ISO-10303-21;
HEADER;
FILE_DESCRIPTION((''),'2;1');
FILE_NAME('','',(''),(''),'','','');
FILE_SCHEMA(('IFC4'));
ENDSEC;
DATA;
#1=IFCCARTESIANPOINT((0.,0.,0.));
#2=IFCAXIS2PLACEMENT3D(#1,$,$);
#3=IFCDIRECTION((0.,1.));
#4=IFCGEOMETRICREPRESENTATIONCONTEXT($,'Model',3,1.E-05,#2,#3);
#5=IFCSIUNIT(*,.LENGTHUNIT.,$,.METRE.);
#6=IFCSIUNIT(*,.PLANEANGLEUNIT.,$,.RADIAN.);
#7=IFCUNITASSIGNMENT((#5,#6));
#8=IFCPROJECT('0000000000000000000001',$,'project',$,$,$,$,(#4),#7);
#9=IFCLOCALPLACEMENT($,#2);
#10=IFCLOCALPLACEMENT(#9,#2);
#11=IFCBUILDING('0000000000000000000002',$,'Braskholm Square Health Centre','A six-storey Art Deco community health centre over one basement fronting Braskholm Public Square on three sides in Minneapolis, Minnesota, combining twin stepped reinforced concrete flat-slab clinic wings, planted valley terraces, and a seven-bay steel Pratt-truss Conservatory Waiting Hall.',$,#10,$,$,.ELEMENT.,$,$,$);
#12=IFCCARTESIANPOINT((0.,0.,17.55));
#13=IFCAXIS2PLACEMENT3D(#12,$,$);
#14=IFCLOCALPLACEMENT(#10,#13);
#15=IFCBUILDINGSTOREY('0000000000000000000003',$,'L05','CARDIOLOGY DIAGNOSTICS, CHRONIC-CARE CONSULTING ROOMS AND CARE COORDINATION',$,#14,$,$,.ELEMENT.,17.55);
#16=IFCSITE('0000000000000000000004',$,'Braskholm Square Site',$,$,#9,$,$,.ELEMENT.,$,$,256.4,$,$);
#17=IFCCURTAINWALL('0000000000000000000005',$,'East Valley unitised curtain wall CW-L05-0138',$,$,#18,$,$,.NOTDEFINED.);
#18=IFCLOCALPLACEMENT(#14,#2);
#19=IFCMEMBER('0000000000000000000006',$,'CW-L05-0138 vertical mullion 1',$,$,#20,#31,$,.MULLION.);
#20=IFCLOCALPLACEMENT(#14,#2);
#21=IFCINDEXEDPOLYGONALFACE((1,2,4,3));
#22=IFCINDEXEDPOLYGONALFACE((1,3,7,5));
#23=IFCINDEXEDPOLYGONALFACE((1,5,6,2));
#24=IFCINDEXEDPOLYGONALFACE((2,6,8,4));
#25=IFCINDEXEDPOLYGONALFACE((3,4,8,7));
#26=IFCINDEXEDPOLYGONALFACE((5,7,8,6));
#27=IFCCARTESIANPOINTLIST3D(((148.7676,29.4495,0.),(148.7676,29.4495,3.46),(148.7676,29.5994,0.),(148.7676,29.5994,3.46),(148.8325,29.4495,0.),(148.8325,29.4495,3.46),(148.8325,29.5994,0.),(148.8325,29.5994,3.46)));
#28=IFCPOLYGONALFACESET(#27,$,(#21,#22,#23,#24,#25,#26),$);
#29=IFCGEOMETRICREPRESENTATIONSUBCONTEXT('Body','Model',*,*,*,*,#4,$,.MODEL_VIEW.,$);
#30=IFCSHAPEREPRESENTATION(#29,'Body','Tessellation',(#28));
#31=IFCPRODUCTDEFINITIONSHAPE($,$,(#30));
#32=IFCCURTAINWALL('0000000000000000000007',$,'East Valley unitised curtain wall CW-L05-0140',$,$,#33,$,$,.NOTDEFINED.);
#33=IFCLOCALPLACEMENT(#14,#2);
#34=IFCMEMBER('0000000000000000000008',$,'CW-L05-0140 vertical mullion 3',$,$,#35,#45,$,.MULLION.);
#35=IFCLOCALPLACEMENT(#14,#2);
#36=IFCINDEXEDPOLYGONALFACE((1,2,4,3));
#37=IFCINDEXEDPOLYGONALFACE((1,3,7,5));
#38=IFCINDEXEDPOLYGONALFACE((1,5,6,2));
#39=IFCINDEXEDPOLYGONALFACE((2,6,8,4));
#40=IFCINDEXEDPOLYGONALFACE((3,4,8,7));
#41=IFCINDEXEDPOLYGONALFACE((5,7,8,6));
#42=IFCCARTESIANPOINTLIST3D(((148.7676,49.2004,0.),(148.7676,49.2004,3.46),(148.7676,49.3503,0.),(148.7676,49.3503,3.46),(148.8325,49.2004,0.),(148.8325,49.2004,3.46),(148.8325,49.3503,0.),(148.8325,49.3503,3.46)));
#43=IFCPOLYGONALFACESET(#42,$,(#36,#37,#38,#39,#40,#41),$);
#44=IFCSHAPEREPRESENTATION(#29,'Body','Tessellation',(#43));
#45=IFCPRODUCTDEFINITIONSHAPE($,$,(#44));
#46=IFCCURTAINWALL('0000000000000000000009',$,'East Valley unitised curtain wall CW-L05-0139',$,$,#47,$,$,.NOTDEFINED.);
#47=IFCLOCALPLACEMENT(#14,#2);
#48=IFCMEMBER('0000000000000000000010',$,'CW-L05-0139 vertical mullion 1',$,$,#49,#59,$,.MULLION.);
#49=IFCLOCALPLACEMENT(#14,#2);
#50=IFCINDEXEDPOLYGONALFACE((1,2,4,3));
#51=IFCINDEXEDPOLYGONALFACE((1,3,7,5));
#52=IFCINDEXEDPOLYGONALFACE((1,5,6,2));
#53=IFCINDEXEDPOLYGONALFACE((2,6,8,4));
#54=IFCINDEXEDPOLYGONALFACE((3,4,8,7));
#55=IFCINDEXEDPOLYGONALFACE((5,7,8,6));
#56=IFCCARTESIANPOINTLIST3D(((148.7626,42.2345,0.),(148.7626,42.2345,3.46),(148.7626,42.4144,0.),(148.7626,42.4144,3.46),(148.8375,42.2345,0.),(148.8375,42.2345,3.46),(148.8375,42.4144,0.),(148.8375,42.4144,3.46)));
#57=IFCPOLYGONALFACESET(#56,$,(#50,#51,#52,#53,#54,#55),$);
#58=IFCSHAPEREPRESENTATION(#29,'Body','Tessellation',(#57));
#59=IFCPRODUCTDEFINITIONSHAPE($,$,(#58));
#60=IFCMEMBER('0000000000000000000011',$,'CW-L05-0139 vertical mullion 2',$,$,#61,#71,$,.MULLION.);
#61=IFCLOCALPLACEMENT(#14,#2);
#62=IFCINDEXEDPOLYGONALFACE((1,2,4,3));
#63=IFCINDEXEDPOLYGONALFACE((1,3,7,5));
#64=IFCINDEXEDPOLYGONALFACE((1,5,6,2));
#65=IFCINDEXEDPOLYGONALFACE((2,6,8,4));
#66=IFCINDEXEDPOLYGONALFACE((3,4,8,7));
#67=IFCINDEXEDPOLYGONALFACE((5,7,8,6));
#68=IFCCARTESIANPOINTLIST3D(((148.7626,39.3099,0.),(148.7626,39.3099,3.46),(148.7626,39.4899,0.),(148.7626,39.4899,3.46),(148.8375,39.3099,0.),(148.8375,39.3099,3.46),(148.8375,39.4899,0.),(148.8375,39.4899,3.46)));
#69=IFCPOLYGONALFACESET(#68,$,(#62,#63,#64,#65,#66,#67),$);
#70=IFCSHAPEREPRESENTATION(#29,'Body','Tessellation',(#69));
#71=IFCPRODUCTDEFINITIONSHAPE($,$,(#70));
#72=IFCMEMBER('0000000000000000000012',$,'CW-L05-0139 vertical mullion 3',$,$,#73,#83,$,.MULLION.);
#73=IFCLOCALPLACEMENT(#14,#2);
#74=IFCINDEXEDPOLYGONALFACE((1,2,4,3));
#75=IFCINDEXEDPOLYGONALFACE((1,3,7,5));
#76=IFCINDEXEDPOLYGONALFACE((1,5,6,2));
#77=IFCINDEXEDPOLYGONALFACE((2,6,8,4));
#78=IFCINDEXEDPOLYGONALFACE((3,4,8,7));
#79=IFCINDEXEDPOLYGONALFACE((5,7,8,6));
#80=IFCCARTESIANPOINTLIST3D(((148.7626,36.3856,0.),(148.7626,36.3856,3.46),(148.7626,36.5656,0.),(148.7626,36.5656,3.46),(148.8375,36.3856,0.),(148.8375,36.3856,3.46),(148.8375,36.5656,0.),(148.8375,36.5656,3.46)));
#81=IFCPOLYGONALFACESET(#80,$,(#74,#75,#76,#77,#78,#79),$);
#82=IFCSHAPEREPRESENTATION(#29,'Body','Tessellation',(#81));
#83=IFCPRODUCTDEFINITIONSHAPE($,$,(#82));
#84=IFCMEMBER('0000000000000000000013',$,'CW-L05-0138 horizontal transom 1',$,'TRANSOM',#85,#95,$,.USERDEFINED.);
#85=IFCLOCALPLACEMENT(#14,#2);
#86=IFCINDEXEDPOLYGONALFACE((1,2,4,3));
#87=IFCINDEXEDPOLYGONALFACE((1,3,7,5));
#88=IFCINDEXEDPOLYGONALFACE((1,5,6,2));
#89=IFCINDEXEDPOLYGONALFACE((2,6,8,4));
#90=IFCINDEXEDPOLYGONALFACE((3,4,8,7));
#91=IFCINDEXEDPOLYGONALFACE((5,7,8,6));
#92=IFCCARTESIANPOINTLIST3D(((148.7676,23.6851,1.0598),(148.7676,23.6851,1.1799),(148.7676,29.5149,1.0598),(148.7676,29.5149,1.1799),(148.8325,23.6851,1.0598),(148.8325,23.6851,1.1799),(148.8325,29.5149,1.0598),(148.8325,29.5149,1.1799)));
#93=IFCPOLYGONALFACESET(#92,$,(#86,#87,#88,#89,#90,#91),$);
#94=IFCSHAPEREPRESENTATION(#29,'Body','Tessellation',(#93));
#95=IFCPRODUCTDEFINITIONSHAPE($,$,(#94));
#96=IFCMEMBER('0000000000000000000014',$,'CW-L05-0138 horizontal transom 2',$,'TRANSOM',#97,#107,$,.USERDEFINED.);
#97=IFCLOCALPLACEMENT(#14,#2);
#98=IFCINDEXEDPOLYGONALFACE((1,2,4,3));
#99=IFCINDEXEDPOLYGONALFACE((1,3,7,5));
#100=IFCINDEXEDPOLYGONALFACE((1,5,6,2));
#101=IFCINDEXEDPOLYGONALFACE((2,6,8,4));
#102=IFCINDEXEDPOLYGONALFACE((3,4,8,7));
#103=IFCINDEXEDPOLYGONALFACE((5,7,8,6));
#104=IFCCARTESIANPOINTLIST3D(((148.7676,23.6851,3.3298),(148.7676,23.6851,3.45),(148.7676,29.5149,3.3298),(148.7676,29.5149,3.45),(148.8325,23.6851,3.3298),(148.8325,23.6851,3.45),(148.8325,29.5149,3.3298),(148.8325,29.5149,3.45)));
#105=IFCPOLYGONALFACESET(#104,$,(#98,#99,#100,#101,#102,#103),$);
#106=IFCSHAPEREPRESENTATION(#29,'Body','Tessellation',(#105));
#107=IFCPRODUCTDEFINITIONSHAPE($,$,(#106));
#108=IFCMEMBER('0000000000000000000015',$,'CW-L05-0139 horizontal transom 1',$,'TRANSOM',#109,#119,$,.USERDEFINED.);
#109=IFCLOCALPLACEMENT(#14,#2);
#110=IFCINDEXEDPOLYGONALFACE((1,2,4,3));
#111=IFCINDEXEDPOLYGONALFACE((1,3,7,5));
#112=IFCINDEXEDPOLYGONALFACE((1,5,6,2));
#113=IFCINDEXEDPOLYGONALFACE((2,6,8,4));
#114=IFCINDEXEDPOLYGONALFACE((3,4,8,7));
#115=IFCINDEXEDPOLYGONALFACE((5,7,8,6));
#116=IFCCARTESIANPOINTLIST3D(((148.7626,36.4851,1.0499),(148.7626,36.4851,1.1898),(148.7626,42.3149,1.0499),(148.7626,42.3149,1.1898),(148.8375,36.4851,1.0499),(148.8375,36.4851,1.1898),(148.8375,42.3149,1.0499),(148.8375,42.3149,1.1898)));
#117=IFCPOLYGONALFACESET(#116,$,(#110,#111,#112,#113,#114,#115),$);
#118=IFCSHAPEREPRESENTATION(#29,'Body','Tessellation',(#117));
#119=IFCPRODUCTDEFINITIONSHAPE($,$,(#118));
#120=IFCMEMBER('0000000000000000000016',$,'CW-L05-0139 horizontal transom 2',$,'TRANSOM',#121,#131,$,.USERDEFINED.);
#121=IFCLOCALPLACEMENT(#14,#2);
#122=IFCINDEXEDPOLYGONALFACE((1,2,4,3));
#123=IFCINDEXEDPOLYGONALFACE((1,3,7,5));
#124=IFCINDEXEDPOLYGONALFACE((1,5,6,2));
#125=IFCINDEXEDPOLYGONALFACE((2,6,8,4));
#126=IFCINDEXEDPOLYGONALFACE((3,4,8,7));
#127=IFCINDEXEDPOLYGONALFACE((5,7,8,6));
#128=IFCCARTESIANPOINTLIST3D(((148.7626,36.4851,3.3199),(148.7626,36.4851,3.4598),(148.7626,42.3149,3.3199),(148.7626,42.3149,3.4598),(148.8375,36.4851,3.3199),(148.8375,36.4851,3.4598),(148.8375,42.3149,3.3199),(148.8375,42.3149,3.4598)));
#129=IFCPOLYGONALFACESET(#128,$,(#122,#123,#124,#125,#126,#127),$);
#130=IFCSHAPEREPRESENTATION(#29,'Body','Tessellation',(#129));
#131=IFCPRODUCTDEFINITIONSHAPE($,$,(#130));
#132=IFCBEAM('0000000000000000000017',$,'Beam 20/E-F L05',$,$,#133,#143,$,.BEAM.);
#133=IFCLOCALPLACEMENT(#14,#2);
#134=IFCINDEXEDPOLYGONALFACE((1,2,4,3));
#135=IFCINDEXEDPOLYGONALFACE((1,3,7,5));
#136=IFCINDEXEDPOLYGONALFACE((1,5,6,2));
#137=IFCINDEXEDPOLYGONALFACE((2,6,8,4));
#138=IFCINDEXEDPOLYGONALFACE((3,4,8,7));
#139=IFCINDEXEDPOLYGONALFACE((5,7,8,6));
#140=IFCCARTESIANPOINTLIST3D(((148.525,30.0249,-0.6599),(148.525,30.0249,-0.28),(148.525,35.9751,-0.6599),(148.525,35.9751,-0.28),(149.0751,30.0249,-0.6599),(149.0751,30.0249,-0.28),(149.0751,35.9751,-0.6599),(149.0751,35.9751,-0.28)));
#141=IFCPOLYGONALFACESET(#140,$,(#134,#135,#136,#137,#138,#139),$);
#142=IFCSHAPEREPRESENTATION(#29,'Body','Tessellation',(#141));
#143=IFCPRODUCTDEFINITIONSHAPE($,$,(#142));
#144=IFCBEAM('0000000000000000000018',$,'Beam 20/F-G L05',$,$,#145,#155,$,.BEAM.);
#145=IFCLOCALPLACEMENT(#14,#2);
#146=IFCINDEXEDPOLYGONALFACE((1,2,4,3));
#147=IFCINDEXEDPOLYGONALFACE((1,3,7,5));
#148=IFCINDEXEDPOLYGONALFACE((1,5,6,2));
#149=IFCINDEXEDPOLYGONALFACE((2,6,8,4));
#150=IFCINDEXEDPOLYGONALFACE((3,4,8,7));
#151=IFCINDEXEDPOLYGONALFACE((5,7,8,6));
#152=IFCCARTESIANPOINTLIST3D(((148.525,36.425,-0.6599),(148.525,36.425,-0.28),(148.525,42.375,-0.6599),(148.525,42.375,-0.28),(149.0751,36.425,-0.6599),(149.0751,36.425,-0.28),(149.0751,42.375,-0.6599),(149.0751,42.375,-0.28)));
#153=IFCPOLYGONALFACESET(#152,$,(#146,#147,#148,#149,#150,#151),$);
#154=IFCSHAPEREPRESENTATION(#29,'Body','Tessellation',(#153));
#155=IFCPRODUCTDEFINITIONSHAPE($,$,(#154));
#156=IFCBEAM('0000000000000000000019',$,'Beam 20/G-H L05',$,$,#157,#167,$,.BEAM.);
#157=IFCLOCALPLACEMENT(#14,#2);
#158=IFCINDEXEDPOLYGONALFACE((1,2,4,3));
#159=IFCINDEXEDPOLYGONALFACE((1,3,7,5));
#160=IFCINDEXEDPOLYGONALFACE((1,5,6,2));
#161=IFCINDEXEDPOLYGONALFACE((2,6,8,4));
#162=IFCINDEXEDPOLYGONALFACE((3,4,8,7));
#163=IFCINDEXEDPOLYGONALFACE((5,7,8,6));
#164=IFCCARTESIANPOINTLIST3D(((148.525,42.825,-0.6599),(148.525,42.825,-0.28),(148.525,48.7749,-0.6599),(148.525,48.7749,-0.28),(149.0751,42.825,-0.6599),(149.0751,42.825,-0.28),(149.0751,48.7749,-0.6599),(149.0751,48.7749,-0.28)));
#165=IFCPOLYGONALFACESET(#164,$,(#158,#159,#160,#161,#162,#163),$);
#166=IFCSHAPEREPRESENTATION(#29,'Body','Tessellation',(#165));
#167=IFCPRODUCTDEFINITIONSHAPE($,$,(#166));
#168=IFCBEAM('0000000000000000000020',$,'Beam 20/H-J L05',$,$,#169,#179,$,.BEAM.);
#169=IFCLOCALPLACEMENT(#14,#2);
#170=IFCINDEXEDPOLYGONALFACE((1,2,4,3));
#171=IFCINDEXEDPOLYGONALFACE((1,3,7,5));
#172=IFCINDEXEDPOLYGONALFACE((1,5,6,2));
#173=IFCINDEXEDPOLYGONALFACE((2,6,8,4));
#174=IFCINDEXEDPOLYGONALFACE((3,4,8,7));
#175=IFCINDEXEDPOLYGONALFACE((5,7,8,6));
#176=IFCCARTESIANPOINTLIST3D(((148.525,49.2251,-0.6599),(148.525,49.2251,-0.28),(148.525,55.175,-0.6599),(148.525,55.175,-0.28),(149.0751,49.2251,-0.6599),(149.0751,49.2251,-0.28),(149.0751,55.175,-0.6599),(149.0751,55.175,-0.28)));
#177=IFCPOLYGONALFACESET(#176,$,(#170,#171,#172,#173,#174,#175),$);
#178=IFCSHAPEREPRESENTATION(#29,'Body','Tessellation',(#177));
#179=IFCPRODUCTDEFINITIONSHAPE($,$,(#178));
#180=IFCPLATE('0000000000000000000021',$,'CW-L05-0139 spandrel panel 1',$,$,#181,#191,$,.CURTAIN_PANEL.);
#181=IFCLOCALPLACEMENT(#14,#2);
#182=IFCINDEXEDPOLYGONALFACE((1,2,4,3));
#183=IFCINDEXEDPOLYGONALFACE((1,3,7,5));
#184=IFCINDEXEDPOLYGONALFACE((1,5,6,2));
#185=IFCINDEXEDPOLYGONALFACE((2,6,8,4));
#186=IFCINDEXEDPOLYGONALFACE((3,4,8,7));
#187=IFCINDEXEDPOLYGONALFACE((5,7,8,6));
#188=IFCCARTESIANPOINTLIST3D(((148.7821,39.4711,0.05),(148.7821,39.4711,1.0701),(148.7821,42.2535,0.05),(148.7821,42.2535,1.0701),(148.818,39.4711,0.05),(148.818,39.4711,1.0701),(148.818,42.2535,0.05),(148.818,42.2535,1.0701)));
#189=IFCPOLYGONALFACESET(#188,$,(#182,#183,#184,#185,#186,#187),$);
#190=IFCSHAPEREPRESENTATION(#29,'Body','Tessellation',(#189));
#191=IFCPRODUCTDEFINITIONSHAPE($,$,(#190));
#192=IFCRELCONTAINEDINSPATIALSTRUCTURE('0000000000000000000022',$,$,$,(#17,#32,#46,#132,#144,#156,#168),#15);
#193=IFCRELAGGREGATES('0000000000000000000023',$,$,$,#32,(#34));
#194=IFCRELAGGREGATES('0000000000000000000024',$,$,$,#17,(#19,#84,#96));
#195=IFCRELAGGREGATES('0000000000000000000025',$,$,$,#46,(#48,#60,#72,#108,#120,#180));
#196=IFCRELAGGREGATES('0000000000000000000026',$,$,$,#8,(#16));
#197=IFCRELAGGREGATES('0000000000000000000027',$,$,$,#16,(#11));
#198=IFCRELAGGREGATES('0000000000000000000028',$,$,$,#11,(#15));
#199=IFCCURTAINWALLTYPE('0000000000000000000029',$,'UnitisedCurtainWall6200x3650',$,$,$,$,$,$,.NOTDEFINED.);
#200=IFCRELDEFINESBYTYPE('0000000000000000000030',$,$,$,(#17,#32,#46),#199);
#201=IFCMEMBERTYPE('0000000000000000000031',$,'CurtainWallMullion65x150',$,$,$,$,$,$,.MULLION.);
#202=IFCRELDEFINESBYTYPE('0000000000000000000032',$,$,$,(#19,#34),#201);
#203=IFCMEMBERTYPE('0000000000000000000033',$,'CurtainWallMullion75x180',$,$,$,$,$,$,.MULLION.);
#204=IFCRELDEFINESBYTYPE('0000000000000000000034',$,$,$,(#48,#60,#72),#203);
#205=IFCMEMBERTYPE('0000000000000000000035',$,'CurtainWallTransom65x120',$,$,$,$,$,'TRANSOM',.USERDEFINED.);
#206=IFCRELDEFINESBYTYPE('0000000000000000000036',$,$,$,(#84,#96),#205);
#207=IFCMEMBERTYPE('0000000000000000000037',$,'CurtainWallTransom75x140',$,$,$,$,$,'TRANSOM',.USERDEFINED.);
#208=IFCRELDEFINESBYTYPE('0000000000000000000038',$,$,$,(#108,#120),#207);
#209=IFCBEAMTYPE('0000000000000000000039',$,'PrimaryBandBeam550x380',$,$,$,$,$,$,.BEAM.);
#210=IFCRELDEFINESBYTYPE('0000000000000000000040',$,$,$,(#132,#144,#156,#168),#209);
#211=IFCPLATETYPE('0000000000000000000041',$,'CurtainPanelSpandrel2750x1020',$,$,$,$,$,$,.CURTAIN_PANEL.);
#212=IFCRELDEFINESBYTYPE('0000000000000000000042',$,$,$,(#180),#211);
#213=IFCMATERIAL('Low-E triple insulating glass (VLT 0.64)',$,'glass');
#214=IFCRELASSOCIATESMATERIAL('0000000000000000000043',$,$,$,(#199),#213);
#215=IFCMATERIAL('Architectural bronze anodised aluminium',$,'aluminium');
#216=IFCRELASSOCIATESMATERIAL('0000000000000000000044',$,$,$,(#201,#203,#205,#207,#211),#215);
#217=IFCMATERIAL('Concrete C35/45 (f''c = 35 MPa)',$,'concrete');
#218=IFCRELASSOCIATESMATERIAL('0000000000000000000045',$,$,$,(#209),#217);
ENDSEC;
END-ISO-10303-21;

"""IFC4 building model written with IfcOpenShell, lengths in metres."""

from ifc_helpers import new_model, si_unit, direction, frame, origin, origin_2d, place, context, subcontext, project, spatial, rectangle, extrude, material, material_profile, profile_set, type_object, element, aggregate, save


model = new_model("IFC4")

# Units and contexts
model_context = context("Model", 3, precision=1e-05, world=origin(), true_north=direction((0.0, 1.0)))
body_context = subcontext(model_context, "Body", "Model", "MODEL_VIEW")
ifc_project = project(units=[si_unit("LENGTHUNIT", "METRE"), si_unit("PLANEANGLEUNIT", "RADIAN")], contexts=[model_context])

# Site, building, storey
site_placement = place(None, origin())
site = spatial("IfcSite", under=ifc_project, at=site_placement, Name="Braskholm Square Site", CompositionType="ELEMENT", RefElevation=256.4)
building_placement = place(site_placement, origin())
building = spatial("IfcBuilding", under=site, at=building_placement, Name="Braskholm Square Health Centre", Description="A six-storey Art Deco community health centre over one basement fronting Braskholm Public Square on three sides in Minneapolis, Minnesota, combining twin stepped reinforced concrete flat-slab clinic wings, planted valley terraces, and a seven-bay steel Pratt-truss Conservatory Waiting Hall.", CompositionType="ELEMENT")
storey_placement = place(building_placement, frame((0.0, 0.0, 17.55)))
storey = spatial("IfcBuildingStorey", under=building, at=storey_placement, Name="L05", Description="CARDIOLOGY DIAGNOSTICS, CHRONIC-CARE CONSULTING ROOMS AND CARE COORDINATION", CompositionType="ELEMENT", Elevation=17.55)

# Curtain walls, members
ifc_material_1 = material(Name="Low-E triple insulating glass (VLT 0.64)", Category="glass")
curtain_wall_type = type_object("IfcCurtainWallType", Name="UnitisedCurtainWall6200x3650", PredefinedType="NOTDEFINED", material=ifc_material_1)
curtain_wall_1_placement = place(storey_placement, origin())
curtain_wall_1 = element("IfcCurtainWall", 1, at=curtain_wall_1_placement, inside=storey, type_object=curtain_wall_type, Name="East Valley unitised curtain wall CW-L05-0138", PredefinedType="NOTDEFINED")
ifc_material_2 = material(Name="Architectural bronze anodised aluminium", Category="aluminium")
ifc_material_profile_1 = material_profile(ifc_material_2, rectangle(XDim=0.0649, YDim=0.1499, at=origin_2d()), Name="ALU-65X150")
ifc_profile_set_1 = profile_set([ifc_material_profile_1], Name="Architectural bronze anodised aluminium")
member_type_1 = type_object("IfcMemberType", Name="CurtainWallMullion65x150", PredefinedType="MULLION", material=ifc_profile_set_1)
member_1_placement = place(storey_placement, frame((148.8, 29.5244, 0.0), z_axis=(0.0, 0.0, 1.0), x_axis=(1.0, 0.0, 0.0)))
member_1 = element("IfcMember", 2, at=member_1_placement, type_object=member_type_1, Name="CW-L05-0138 vertical mullion 1", PredefinedType="MULLION", context=body_context, shape_type="SweptSolid", body=[
    extrude(rectangle(XDim=0.0649, YDim=0.1499, at=origin_2d()), origin(), (0.0, 0.0, 1.0), 3.46),
])
curtain_wall_2_placement = place(storey_placement, origin())
curtain_wall_2 = element("IfcCurtainWall", 3, at=curtain_wall_2_placement, inside=storey, type_object=curtain_wall_type, Name="East Valley unitised curtain wall CW-L05-0140", PredefinedType="NOTDEFINED")
member_2_placement = place(storey_placement, frame((148.8, 49.2754, 0.0), z_axis=(0.0, 0.0, 1.0), x_axis=(1.0, 0.0, 0.0)))
member_2 = element("IfcMember", 4, at=member_2_placement, type_object=member_type_1, Name="CW-L05-0140 vertical mullion 3", PredefinedType="MULLION", context=body_context, shape_type="SweptSolid", body=[
    extrude(rectangle(XDim=0.0649, YDim=0.1499, at=origin_2d()), origin(), (0.0, 0.0, 1.0), 3.46),
])

# Curtain wall, members
curtain_wall_3_placement = place(storey_placement, origin())
curtain_wall_3 = element("IfcCurtainWall", 5, at=curtain_wall_3_placement, inside=storey, type_object=curtain_wall_type, Name="East Valley unitised curtain wall CW-L05-0139", PredefinedType="NOTDEFINED")
ifc_material_profile_2 = material_profile(ifc_material_2, rectangle(XDim=0.075, YDim=0.1799, at=origin_2d()), Name="ALU-75X180")
ifc_profile_set_2 = profile_set([ifc_material_profile_2], Name="Architectural bronze anodised aluminium")
member_type_2 = type_object("IfcMemberType", Name="CurtainWallMullion75x180", PredefinedType="MULLION", material=ifc_profile_set_2)
member_3_placement = place(storey_placement, frame((148.8, 42.3245, 0.0), z_axis=(0.0, 0.0, 1.0), x_axis=(1.0, 0.0, 0.0)))
member_3 = element("IfcMember", 6, at=member_3_placement, type_object=member_type_2, Name="CW-L05-0139 vertical mullion 1", PredefinedType="MULLION", context=body_context, shape_type="SweptSolid", body=[
    extrude(rectangle(XDim=0.075, YDim=0.1799, at=origin_2d()), origin(), (0.0, 0.0, 1.0), 3.46),
])
member_4_placement = place(storey_placement, frame((148.8, 39.3999, 0.0), z_axis=(0.0, 0.0, 1.0), x_axis=(1.0, 0.0, 0.0)))
member_4 = element("IfcMember", 7, at=member_4_placement, type_object=member_type_2, Name="CW-L05-0139 vertical mullion 2", PredefinedType="MULLION", context=body_context, shape_type="SweptSolid", body=[
    extrude(rectangle(XDim=0.075, YDim=0.1799, at=origin_2d()), origin(), (0.0, 0.0, 1.0), 3.46),
])
member_5_placement = place(storey_placement, frame((148.8, 36.4756, 0.0), z_axis=(0.0, 0.0, 1.0), x_axis=(1.0, 0.0, 0.0)))
member_5 = element("IfcMember", 8, at=member_5_placement, type_object=member_type_2, Name="CW-L05-0139 vertical mullion 3", PredefinedType="MULLION", context=body_context, shape_type="SweptSolid", body=[
    extrude(rectangle(XDim=0.075, YDim=0.1799, at=origin_2d()), origin(), (0.0, 0.0, 1.0), 3.46),
])

# Members
ifc_material_profile_3 = material_profile(ifc_material_2, rectangle(XDim=0.0649, YDim=0.1201, at=origin_2d()), Name="ALU-65X120")
ifc_profile_set_3 = profile_set([ifc_material_profile_3], Name="Architectural bronze anodised aluminium")
member_type_3 = type_object("IfcMemberType", Name="CurtainWallTransom65x120", ElementType="TRANSOM", PredefinedType="USERDEFINED", material=ifc_profile_set_3)
member_6_placement = place(storey_placement, frame((148.8, 29.5149, 1.1199), z_axis=(0.0, -1.0, 0.0), x_axis=(1.0, 0.0, 0.0)))
member_6 = element("IfcMember", 9, at=member_6_placement, type_object=member_type_3, Name="CW-L05-0138 horizontal transom 1", ObjectType="TRANSOM", PredefinedType="USERDEFINED", context=body_context, shape_type="SweptSolid", body=[
    extrude(rectangle(XDim=0.0649, YDim=0.1201, at=origin_2d()), origin(), (0.0, 0.0, 1.0), 5.8298),
])
member_7_placement = place(storey_placement, frame((148.8, 29.5149, 3.3899), z_axis=(0.0, -1.0, 0.0), x_axis=(1.0, 0.0, 0.0)))
member_7 = element("IfcMember", 10, at=member_7_placement, type_object=member_type_3, Name="CW-L05-0138 horizontal transom 2", ObjectType="TRANSOM", PredefinedType="USERDEFINED", context=body_context, shape_type="SweptSolid", body=[
    extrude(rectangle(XDim=0.0649, YDim=0.1201, at=origin_2d()), origin(), (0.0, 0.0, 1.0), 5.8298),
])
ifc_material_profile_4 = material_profile(ifc_material_2, rectangle(XDim=0.075, YDim=0.1399, at=origin_2d()), Name="ALU-75X140")
ifc_profile_set_4 = profile_set([ifc_material_profile_4], Name="Architectural bronze anodised aluminium")
member_type_4 = type_object("IfcMemberType", Name="CurtainWallTransom75x140", ElementType="TRANSOM", PredefinedType="USERDEFINED", material=ifc_profile_set_4)
member_8_placement = place(storey_placement, frame((148.8, 42.3149, 1.1199), z_axis=(0.0, -1.0, 0.0), x_axis=(1.0, 0.0, 0.0)))
member_8 = element("IfcMember", 11, at=member_8_placement, type_object=member_type_4, Name="CW-L05-0139 horizontal transom 1", ObjectType="TRANSOM", PredefinedType="USERDEFINED", context=body_context, shape_type="SweptSolid", body=[
    extrude(rectangle(XDim=0.075, YDim=0.1399, at=origin_2d()), origin(), (0.0, 0.0, 1.0), 5.8298),
])
member_9_placement = place(storey_placement, frame((148.8, 42.3149, 3.3899), z_axis=(0.0, -1.0, 0.0), x_axis=(1.0, 0.0, 0.0)))
member_9 = element("IfcMember", 12, at=member_9_placement, type_object=member_type_4, Name="CW-L05-0139 horizontal transom 2", ObjectType="TRANSOM", PredefinedType="USERDEFINED", context=body_context, shape_type="SweptSolid", body=[
    extrude(rectangle(XDim=0.075, YDim=0.1399, at=origin_2d()), origin(), (0.0, 0.0, 1.0), 5.8298),
])

# Beams
ifc_material_3 = material(Name="Concrete C35/45 (f'c = 35 MPa)", Category="concrete")
ifc_material_profile_5 = material_profile(ifc_material_3, rectangle(XDim=0.55, YDim=0.3799, at=origin_2d()), Name="RCB-550X380")
ifc_profile_set_5 = profile_set([ifc_material_profile_5], Name="Concrete C35/45 (f'c = 35 MPa)")
beam_type = type_object("IfcBeamType", Name="PrimaryBandBeam550x380", PredefinedType="BEAM", material=ifc_profile_set_5)
beam_placement = place(storey_placement, frame((148.8, 30.0249, -0.47), z_axis=(0.0, 1.0, 0.0), x_axis=(-1.0, 0.0, 0.0)))
element("IfcBeam", 13, at=beam_placement, inside=storey, type_object=beam_type, Name="Beam 20/E-F L05", PredefinedType="BEAM", context=body_context, shape_type="SweptSolid", body=[
    extrude(rectangle(XDim=0.55, YDim=0.3799, at=origin_2d()), origin(), (0.0, 0.0, 1.0), 5.9502),
])
for number, where, z_axis, x_axis, name in (
    (14, (148.8, 36.425, -0.47), (0.0, 1.0, 0.0), (-1.0, 0.0, 0.0), "Beam 20/F-G L05"),
    (15, (148.8, 42.825, -0.47), (0.0, 1.0, 0.0), (-1.0, 0.0, 0.0), "Beam 20/G-H L05"),
    (16, (148.8, 49.2251, -0.47), (0.0, 1.0, 0.0), (-1.0, 0.0, 0.0), "Beam 20/H-J L05"),
):
    element("IfcBeam", number, at=place(storey_placement, frame(where, z_axis=z_axis, x_axis=x_axis)), inside=storey, type_object=beam_type, Name=name, PredefinedType="BEAM", context=body_context, shape_type="SweptSolid", body=[
        extrude(rectangle(XDim=0.55, YDim=0.3799, at=origin_2d()), origin(), (0.0, 0.0, 1.0), 5.95),
    ])

# Plate
plate_type_1 = type_object("IfcPlateType", Name="CurtainPanelSpandrel2750x1020", PredefinedType="CURTAIN_PANEL", material=ifc_material_2)
plate_1_placement = place(storey_placement, frame((148.8, 40.8623, 0.05), z_axis=(0.0, 0.0, 1.0), x_axis=(0.0, -1.0, 0.0)))
plate_1 = element("IfcPlate", 17, at=plate_1_placement, type_object=plate_type_1, Name="CW-L05-0139 spandrel panel 1", PredefinedType="CURTAIN_PANEL", context=body_context, shape_type="SweptSolid", body=[
    extrude(rectangle(XDim=2.7825, YDim=0.0359, at=origin_2d()), origin(), (0.0, 0.0, 1.0), 1.02),
])
aggregate(curtain_wall_2, [member_2])
aggregate(curtain_wall_1, [member_1, member_6, member_7])
aggregate(curtain_wall_3, [member_3, member_4, member_5, member_8, member_9, plate_1])

save(model, "model.ifc")
